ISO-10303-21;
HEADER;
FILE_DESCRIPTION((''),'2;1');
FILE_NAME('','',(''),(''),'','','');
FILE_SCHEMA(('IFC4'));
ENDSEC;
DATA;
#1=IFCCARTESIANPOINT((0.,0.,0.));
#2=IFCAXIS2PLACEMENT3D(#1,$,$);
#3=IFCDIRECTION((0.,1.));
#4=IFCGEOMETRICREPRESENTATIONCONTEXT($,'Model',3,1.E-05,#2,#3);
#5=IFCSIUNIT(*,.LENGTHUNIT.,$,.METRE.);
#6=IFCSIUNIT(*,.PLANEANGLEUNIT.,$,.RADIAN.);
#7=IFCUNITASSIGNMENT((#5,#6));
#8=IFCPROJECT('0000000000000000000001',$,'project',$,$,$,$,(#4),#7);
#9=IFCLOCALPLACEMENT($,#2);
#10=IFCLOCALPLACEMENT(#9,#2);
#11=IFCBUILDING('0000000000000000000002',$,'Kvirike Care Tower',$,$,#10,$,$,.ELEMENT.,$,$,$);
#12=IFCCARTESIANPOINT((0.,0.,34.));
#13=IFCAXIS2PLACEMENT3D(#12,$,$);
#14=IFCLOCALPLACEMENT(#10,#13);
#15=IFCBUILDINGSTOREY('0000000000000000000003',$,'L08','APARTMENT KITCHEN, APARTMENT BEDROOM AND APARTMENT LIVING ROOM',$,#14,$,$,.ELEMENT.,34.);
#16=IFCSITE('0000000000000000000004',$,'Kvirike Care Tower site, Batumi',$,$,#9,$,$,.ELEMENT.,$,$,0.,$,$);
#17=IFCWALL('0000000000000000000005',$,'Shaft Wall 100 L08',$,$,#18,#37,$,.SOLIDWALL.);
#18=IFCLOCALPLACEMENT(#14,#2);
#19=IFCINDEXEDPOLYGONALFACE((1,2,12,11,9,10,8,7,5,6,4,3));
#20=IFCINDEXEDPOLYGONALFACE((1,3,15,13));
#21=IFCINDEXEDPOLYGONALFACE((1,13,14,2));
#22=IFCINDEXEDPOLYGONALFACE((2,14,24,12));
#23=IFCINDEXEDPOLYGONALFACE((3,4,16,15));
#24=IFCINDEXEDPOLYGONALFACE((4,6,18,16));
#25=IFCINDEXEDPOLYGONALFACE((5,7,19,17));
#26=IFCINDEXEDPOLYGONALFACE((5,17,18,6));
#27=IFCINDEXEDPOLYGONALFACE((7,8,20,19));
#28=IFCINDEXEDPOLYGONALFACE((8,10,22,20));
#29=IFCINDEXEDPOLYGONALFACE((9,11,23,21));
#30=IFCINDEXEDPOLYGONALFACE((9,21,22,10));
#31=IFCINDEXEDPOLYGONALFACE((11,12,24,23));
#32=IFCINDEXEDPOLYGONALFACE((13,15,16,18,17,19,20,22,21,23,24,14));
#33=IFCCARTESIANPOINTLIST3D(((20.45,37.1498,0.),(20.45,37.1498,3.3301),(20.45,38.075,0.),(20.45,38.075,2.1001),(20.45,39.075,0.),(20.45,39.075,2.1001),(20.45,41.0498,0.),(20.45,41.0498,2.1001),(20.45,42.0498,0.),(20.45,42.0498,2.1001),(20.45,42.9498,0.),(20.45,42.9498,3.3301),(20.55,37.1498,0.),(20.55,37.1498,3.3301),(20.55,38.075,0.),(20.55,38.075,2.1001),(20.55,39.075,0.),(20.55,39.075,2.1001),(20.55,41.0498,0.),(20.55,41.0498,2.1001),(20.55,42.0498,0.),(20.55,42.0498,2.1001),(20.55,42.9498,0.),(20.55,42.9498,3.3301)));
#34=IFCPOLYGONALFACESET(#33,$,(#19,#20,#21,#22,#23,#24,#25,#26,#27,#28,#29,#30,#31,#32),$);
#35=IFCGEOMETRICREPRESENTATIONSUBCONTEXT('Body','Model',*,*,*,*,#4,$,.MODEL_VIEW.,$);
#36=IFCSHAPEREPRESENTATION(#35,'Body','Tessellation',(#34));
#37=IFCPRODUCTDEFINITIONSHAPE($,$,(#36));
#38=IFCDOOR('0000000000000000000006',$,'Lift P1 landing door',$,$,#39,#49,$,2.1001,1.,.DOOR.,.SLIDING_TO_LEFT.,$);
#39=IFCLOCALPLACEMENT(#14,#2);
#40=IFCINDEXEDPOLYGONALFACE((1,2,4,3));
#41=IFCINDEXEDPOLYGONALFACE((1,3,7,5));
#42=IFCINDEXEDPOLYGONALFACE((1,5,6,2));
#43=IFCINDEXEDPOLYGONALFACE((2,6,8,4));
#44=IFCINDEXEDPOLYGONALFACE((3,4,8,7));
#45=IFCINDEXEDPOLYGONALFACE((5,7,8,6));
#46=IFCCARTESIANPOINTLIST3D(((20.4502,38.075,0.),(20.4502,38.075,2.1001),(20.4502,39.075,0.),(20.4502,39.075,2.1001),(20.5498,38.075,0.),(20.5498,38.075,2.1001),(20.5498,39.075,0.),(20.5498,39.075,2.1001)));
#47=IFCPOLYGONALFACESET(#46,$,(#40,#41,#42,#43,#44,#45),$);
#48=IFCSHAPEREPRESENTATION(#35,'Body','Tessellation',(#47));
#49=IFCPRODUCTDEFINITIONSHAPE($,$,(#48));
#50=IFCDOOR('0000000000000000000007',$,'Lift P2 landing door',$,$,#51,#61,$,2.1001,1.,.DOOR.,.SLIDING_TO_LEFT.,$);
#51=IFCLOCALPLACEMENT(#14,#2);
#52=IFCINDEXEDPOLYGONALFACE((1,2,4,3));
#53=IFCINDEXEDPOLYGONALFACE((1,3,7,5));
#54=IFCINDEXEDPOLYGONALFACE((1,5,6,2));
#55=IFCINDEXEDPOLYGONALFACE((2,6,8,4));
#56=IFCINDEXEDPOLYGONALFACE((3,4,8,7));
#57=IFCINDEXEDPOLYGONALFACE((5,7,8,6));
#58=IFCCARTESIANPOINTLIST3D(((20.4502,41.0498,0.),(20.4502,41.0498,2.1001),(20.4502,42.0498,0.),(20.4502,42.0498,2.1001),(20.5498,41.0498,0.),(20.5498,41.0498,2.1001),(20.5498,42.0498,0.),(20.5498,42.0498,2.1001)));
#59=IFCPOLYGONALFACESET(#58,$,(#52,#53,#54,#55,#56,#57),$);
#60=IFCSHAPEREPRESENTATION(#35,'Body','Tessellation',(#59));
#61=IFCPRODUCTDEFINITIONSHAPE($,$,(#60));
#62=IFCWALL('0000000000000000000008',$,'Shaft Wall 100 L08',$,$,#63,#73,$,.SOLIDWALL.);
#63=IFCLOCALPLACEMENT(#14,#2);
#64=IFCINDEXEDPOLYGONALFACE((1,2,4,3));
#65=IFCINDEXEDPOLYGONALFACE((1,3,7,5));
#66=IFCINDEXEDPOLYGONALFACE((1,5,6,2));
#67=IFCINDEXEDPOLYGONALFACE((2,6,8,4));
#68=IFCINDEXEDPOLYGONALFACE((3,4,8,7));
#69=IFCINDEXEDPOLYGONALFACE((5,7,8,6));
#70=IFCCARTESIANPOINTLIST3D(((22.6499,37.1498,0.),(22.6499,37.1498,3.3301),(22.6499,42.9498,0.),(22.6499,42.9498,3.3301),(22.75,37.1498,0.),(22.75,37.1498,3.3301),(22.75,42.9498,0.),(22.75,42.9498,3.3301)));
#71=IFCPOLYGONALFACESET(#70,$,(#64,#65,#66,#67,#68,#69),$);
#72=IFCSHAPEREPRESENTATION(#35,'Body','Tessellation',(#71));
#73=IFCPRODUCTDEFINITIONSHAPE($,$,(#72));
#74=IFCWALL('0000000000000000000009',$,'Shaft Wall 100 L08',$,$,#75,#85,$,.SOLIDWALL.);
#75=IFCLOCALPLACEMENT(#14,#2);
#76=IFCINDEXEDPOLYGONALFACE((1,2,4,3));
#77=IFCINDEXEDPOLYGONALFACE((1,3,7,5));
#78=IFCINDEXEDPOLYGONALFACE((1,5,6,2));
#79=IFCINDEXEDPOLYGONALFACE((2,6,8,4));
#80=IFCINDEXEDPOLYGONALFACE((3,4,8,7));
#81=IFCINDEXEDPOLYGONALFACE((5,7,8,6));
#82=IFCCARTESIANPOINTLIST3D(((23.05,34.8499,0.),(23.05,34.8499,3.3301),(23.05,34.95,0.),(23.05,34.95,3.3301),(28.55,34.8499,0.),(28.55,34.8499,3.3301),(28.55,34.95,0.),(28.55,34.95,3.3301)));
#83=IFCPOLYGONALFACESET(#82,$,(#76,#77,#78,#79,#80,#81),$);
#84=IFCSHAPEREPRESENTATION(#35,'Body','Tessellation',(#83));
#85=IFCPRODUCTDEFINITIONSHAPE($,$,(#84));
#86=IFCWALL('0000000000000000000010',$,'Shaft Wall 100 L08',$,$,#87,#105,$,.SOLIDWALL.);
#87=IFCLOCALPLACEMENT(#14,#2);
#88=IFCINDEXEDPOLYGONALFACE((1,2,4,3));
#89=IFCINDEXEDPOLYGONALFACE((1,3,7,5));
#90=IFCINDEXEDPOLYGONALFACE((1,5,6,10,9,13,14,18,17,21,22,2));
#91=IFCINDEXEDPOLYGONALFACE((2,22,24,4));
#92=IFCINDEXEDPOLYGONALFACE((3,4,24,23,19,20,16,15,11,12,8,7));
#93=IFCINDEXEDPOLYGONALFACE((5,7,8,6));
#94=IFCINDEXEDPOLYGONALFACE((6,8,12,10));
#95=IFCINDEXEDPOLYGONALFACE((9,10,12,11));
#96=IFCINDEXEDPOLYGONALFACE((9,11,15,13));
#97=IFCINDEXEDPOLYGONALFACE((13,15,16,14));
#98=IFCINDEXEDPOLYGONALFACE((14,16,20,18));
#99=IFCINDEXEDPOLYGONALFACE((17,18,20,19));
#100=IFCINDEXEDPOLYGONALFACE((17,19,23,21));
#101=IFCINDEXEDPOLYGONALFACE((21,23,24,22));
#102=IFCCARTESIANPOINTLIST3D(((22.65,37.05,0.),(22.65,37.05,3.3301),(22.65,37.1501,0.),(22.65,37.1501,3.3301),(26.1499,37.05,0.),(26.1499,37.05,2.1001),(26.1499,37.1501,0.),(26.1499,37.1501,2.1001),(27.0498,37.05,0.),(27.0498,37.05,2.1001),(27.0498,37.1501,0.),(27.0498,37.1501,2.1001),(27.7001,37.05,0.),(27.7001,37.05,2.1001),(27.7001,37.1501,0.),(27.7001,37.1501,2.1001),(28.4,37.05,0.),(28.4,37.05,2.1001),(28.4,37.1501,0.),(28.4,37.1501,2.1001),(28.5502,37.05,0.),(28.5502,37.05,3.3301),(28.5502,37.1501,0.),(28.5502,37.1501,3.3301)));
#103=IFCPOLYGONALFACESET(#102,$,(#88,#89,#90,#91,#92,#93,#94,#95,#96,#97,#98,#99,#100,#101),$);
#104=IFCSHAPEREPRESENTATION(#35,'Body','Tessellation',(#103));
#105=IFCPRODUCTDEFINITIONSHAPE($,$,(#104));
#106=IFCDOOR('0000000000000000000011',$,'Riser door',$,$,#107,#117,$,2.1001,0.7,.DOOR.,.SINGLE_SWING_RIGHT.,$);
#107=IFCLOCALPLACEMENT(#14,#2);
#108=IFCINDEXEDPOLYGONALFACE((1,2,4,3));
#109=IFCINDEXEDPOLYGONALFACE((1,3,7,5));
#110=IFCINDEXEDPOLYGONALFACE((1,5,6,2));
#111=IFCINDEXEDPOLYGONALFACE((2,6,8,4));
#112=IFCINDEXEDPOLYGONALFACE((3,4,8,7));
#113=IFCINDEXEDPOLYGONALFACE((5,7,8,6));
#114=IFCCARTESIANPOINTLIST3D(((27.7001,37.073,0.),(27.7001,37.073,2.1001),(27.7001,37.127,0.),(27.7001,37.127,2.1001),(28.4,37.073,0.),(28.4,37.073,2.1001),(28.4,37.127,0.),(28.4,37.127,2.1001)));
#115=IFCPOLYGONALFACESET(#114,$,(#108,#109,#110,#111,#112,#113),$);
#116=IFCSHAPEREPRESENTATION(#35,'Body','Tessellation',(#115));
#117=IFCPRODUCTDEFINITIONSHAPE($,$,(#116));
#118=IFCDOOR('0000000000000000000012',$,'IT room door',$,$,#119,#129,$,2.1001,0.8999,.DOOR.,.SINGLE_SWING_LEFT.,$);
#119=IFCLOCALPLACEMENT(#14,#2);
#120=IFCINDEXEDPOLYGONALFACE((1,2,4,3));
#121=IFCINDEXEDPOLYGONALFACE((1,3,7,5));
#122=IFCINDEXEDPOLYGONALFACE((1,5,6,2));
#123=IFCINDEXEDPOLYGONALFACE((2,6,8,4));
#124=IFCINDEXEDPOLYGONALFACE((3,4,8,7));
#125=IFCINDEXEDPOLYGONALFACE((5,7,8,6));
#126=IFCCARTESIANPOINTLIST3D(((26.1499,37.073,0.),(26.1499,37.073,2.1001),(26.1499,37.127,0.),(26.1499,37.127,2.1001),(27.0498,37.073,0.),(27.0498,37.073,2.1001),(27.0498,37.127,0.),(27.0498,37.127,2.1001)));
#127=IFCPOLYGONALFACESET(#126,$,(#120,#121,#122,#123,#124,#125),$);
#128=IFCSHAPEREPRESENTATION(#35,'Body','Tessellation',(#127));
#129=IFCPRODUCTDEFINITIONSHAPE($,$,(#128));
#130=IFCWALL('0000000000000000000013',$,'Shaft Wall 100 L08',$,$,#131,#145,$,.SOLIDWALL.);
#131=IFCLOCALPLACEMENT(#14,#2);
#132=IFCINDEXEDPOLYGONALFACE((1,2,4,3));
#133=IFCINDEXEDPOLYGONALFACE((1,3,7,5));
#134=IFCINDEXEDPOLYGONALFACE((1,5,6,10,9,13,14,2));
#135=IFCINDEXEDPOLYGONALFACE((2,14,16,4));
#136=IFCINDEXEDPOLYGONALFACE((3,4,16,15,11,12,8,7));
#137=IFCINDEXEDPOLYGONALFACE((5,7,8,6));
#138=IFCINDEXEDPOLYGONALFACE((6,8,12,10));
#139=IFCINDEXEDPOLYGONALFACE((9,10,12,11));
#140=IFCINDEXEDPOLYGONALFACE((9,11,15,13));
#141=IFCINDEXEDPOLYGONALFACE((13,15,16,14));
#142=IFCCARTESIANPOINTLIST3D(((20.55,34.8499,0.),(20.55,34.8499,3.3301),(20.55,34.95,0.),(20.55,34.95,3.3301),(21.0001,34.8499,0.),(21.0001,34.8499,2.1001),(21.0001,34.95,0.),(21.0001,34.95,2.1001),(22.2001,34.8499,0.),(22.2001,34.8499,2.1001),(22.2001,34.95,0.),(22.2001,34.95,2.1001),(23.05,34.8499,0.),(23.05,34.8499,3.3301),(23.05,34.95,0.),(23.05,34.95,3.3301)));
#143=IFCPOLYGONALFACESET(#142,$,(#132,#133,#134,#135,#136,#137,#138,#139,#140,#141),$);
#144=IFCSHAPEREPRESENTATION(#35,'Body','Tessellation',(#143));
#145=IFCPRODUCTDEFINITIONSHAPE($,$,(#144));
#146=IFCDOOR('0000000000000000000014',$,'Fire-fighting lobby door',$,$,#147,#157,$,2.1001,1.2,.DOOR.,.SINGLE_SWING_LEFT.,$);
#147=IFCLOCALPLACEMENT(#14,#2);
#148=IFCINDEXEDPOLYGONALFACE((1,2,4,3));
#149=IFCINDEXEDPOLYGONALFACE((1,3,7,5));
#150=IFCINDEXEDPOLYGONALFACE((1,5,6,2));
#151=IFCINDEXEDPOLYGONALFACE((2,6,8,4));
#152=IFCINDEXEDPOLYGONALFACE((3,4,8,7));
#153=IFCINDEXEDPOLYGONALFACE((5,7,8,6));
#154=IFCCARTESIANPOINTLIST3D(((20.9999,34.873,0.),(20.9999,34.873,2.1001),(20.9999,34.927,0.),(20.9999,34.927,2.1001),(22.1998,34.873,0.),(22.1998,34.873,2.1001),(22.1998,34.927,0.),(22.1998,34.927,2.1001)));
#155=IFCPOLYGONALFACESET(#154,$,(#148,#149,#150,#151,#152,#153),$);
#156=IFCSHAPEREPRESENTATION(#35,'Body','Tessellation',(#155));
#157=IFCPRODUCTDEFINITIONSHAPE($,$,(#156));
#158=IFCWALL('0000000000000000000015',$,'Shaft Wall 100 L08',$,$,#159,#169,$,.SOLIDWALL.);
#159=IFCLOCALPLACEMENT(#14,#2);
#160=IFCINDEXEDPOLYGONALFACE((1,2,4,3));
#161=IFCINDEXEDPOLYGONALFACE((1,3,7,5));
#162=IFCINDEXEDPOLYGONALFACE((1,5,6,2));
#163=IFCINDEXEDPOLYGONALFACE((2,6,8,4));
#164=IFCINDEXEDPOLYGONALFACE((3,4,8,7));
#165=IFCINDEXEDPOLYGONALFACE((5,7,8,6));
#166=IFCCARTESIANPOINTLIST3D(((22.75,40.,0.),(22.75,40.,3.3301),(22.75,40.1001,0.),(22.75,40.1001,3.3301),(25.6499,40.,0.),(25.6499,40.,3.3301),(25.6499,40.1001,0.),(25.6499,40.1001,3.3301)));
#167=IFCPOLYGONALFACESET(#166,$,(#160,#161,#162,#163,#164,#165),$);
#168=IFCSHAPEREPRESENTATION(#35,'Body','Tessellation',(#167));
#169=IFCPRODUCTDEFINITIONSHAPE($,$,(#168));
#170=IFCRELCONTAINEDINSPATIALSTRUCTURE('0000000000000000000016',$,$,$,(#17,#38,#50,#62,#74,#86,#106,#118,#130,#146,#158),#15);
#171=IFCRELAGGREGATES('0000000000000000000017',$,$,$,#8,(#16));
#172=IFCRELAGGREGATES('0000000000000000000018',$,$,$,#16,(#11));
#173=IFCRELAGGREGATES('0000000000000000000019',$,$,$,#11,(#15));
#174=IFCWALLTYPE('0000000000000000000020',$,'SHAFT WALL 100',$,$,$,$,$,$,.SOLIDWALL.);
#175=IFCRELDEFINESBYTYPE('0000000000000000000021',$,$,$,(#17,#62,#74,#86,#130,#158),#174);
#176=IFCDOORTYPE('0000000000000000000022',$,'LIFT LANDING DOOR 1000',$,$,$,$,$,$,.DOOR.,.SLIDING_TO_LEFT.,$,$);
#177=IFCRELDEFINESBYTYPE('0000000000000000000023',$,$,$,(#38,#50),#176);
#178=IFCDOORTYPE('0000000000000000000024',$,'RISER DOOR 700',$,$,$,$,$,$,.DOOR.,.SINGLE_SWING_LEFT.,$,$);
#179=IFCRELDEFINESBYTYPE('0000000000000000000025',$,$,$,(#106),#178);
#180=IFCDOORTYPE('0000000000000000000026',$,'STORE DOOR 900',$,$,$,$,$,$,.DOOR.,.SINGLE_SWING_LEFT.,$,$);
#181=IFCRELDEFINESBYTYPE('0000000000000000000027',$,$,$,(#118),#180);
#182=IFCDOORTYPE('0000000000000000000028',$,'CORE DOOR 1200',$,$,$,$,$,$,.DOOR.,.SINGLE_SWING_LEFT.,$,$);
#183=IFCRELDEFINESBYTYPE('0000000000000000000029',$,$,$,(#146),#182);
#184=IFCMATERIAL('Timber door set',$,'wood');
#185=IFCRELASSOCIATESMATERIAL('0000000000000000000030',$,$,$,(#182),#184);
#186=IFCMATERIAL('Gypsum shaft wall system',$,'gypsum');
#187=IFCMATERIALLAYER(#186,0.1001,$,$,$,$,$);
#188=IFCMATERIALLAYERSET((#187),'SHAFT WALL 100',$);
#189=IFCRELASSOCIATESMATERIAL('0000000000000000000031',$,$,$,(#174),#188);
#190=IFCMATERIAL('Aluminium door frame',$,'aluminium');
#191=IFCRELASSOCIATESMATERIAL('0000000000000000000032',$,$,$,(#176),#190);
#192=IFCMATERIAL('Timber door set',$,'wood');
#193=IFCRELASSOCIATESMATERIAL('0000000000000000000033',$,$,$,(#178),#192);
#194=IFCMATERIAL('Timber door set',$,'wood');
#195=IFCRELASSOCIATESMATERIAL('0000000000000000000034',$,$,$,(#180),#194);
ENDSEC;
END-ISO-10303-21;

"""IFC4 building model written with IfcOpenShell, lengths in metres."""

from ifc_helpers import new_model, si_unit, direction, frame, frame_2d, origin, place, context, subcontext, project, spatial, rectangle, extrude, material, layer, layer_set, type_object, element, fill, save


model = new_model("IFC4")

# Units and contexts
model_context = context("Model", 3, precision=1e-05, world=origin(), true_north=direction((0.0, 1.0)))
body_context = subcontext(model_context, "Body", "Model", "MODEL_VIEW")
ifc_project = project(units=[si_unit("LENGTHUNIT", "METRE"), si_unit("PLANEANGLEUNIT", "RADIAN")], contexts=[model_context])

# Site, building, storey
site_placement = place(None, origin())
site = spatial("IfcSite", under=ifc_project, at=site_placement, Name="Kvirike Care Tower site, Batumi", CompositionType="ELEMENT", RefElevation=0.0)
building_placement = place(site_placement, origin())
building = spatial("IfcBuilding", under=site, at=building_placement, Name="Kvirike Care Tower", CompositionType="ELEMENT")
storey_placement = place(building_placement, frame((0.0, 0.0, 34.0)))
storey = spatial("IfcBuildingStorey", under=building, at=storey_placement, Name="L08", Description="APARTMENT KITCHEN, APARTMENT BEDROOM AND APARTMENT LIVING ROOM", CompositionType="ELEMENT", Elevation=34.0)

# Shared definitions
ifc_material_1 = material(Name="Timber door set", Category="wood")
door_type_1 = type_object("IfcDoorType", Name="CORE DOOR 1200", OperationType="SINGLE_SWING_LEFT", PredefinedType="DOOR", material=ifc_material_1)

# Shared definitions
ifc_material_2 = material(Name="Gypsum shaft wall system", Category="gypsum")
ifc_layer_1 = layer(ifc_material_2, 0.1001)
ifc_layer_set_1 = layer_set([ifc_layer_1], Name="SHAFT WALL 100")
wall_type_1 = type_object("IfcWallType", Name="SHAFT WALL 100", PredefinedType="SOLIDWALL", material=ifc_layer_set_1)

# Wall, openings, doors
wall_1_placement = place(storey_placement, frame((20.5, 37.1499, 0.0), z_axis=(0.0, 0.0, 1.0), x_axis=(0.0, 1.0, 0.0)))
wall_1 = element("IfcWall", 1, at=wall_1_placement, inside=storey, type_object=wall_type_1, Name="Shaft Wall 100 L08", PredefinedType="SOLIDWALL", context=body_context, shape_type="SweptSolid", body=[
    extrude(rectangle(XDim=5.8, YDim=0.1001, at=frame_2d((2.8999, 0.0))), origin(), (0.0, 0.0, 1.0), 3.3301),
])
opening_1_placement = place(wall_1_placement, frame((0.925, 0.0, 0.0)))
opening_1 = element("IfcOpeningElement", 2, at=opening_1_placement, cuts=wall_1, PredefinedType="OPENING", context=body_context, shape_type="SweptSolid", body=[
    extrude(rectangle(XDim=1.0, YDim=2.1001, at=frame_2d((0.5, 1.05))), frame((0.0, 0.0605, 0.0), z_axis=(0.0, -1.0, 0.0), x_axis=(1.0, 0.0, 0.0)), (0.0, 0.0, 1.0), 0.1211),
])
opening_2_placement = place(wall_1_placement, frame((3.8999, 0.0, 0.0)))
opening_2 = element("IfcOpeningElement", 3, at=opening_2_placement, cuts=wall_1, PredefinedType="OPENING", context=body_context, shape_type="SweptSolid", body=[
    extrude(rectangle(XDim=1.0, YDim=2.1001, at=frame_2d((0.5, 1.05))), frame((0.0, 0.0605, 0.0), z_axis=(0.0, -1.0, 0.0), x_axis=(1.0, 0.0, 0.0)), (0.0, 0.0, 1.0), 0.1211),
])
ifc_material_3 = material(Name="Aluminium door frame", Category="aluminium")
door_type_2 = type_object("IfcDoorType", Name="LIFT LANDING DOOR 1000", OperationType="SLIDING_TO_LEFT", PredefinedType="DOOR", material=ifc_material_3)
door_1_placement = place(opening_1_placement, origin())
door_1 = element("IfcDoor", 4, at=door_1_placement, inside=storey, type_object=door_type_2, Name="Lift P1 landing door", OperationType="SLIDING_TO_LEFT", OverallHeight=2.1001, OverallWidth=1.0, PredefinedType="DOOR", context=body_context, shape_type="SweptSolid", body=[
    extrude(rectangle(XDim=1.0, YDim=2.1001, at=frame_2d((0.5, 1.05))), frame((0.0, 0.0498, 0.0), z_axis=(0.0, -1.0, 0.0), x_axis=(1.0, 0.0, 0.0)), (0.0, 0.0, 1.0), 0.0996),
])
fill(opening_1, door_1)
door_2_placement = place(opening_2_placement, origin())
door_2 = element("IfcDoor", 5, at=door_2_placement, inside=storey, type_object=door_type_2, Name="Lift P2 landing door", OperationType="SLIDING_TO_LEFT", OverallHeight=2.1001, OverallWidth=1.0, PredefinedType="DOOR", context=body_context, shape_type="SweptSolid", body=[
    extrude(rectangle(XDim=1.0, YDim=2.1001, at=frame_2d((0.5, 1.05))), frame((0.0, 0.0498, 0.0), z_axis=(0.0, -1.0, 0.0), x_axis=(1.0, 0.0, 0.0)), (0.0, 0.0, 1.0), 0.0996),
])
fill(opening_2, door_2)

# Walls
wall_2_placement = place(storey_placement, frame((22.7, 37.1499, 0.0), z_axis=(0.0, 0.0, 1.0), x_axis=(0.0, 1.0, 0.0)))
element("IfcWall", 6, at=wall_2_placement, inside=storey, type_object=wall_type_1, Name="Shaft Wall 100 L08", PredefinedType="SOLIDWALL", context=body_context, shape_type="SweptSolid", body=[
    extrude(rectangle(XDim=5.8, YDim=0.1001, at=frame_2d((2.8999, 0.0))), origin(), (0.0, 0.0, 1.0), 3.3301),
])
wall_3_placement = place(storey_placement, frame((23.05, 34.8999, 0.0), z_axis=(0.0, 0.0, 1.0), x_axis=(1.0, 0.0, 0.0)))
element("IfcWall", 7, at=wall_3_placement, inside=storey, type_object=wall_type_1, Name="Shaft Wall 100 L08", PredefinedType="SOLIDWALL", context=body_context, shape_type="SweptSolid", body=[
    extrude(rectangle(XDim=5.5, YDim=0.1001, at=frame_2d((2.75, 0.0))), origin(), (0.0, 0.0, 1.0), 3.3301),
])

# Wall, openings, doors
wall_4_placement = place(storey_placement, frame((22.6499, 37.1001, 0.0), z_axis=(0.0, 0.0, 1.0), x_axis=(1.0, 0.0, 0.0)))
wall_4 = element("IfcWall", 8, at=wall_4_placement, inside=storey, type_object=wall_type_1, Name="Shaft Wall 100 L08", PredefinedType="SOLIDWALL", context=body_context, shape_type="SweptSolid", body=[
    extrude(rectangle(XDim=5.9001, YDim=0.1001, at=frame_2d((2.9502, 0.0))), origin(), (0.0, 0.0, 1.0), 3.3301),
])
opening_3_placement = place(wall_4_placement, frame((3.5, 0.0, 0.0)))
opening_3 = element("IfcOpeningElement", 9, at=opening_3_placement, cuts=wall_4, PredefinedType="OPENING", context=body_context, shape_type="SweptSolid", body=[
    extrude(rectangle(XDim=0.8999, YDim=2.1001, at=frame_2d((0.45, 1.05))), frame((0.0, 0.0605, 0.0), z_axis=(0.0, -1.0, 0.0), x_axis=(1.0, 0.0, 0.0)), (0.0, 0.0, 1.0), 0.1211),
])
opening_4_placement = place(wall_4_placement, frame((5.05, 0.0, 0.0)))
opening_4 = element("IfcOpeningElement", 10, at=opening_4_placement, cuts=wall_4, PredefinedType="OPENING", context=body_context, shape_type="SweptSolid", body=[
    extrude(rectangle(XDim=0.7, YDim=2.1001, at=frame_2d((0.3501, 1.05))), frame((0.0, 0.0605, 0.0), z_axis=(0.0, -1.0, 0.0), x_axis=(1.0, 0.0, 0.0)), (0.0, 0.0, 1.0), 0.1211),
])
ifc_material_4 = material(Name="Timber door set", Category="wood")
door_type_3 = type_object("IfcDoorType", Name="RISER DOOR 700", OperationType="SINGLE_SWING_LEFT", PredefinedType="DOOR", material=ifc_material_4)
door_3_placement = place(opening_4_placement, origin())
door_3 = element("IfcDoor", 11, at=door_3_placement, inside=storey, type_object=door_type_3, Name="Riser door", OperationType="SINGLE_SWING_RIGHT", OverallHeight=2.1001, OverallWidth=0.7, PredefinedType="DOOR", context=body_context, shape_type="SweptSolid", body=[
    extrude(rectangle(XDim=0.7, YDim=2.1001, at=frame_2d((0.3501, 1.05))), frame((0.0, 0.0269, 0.0), z_axis=(0.0, -1.0, 0.0), x_axis=(1.0, 0.0, 0.0)), (0.0, 0.0, 1.0), 0.054),
])
fill(opening_4, door_3)
ifc_material_5 = material(Name="Timber door set", Category="wood")
door_type_4 = type_object("IfcDoorType", Name="STORE DOOR 900", OperationType="SINGLE_SWING_LEFT", PredefinedType="DOOR", material=ifc_material_5)
door_4_placement = place(opening_3_placement, origin())
door_4 = element("IfcDoor", 12, at=door_4_placement, inside=storey, type_object=door_type_4, Name="IT room door", OperationType="SINGLE_SWING_LEFT", OverallHeight=2.1001, OverallWidth=0.8999, PredefinedType="DOOR", context=body_context, shape_type="SweptSolid", body=[
    extrude(rectangle(XDim=0.8999, YDim=2.1001, at=frame_2d((0.45, 1.05))), frame((0.0, 0.0269, 0.0), z_axis=(0.0, -1.0, 0.0), x_axis=(1.0, 0.0, 0.0)), (0.0, 0.0, 1.0), 0.054),
])
fill(opening_3, door_4)

# Wall, opening, door
wall_5_placement = place(storey_placement, frame((20.55, 34.8999, 0.0), z_axis=(0.0, 0.0, 1.0), x_axis=(1.0, 0.0, 0.0)))
wall_5 = element("IfcWall", 13, at=wall_5_placement, inside=storey, type_object=wall_type_1, Name="Shaft Wall 100 L08", PredefinedType="SOLIDWALL", context=body_context, shape_type="SweptSolid", body=[
    extrude(rectangle(XDim=2.5, YDim=0.1001, at=frame_2d((1.25, 0.0))), origin(), (0.0, 0.0, 1.0), 3.3301),
])
opening_5_placement = place(wall_5_placement, frame((0.45, 0.0, 0.0)))
opening_5 = element("IfcOpeningElement", 14, at=opening_5_placement, cuts=wall_5, PredefinedType="OPENING", context=body_context, shape_type="SweptSolid", body=[
    extrude(rectangle(XDim=1.2, YDim=2.1001, at=frame_2d((0.6001, 1.05))), frame((0.0, 0.0605, 0.0), z_axis=(0.0, -1.0, 0.0), x_axis=(1.0, 0.0, 0.0)), (0.0, 0.0, 1.0), 0.1211),
])
door_5_placement = place(opening_5_placement, frame((1.2, 0.0, 0.0), z_axis=(0.0, 0.0, 1.0), x_axis=(-1.0, 0.0, 0.0)))
door_5 = element("IfcDoor", 15, at=door_5_placement, inside=storey, type_object=door_type_1, Name="Fire-fighting lobby door", OperationType="SINGLE_SWING_LEFT", OverallHeight=2.1001, OverallWidth=1.2, PredefinedType="DOOR", context=body_context, shape_type="SweptSolid", body=[
    extrude(rectangle(XDim=1.2, YDim=2.1001, at=frame_2d((0.6001, 1.05))), frame((0.0, 0.0269, 0.0), z_axis=(0.0, -1.0, 0.0), x_axis=(1.0, 0.0, 0.0)), (0.0, 0.0, 1.0), 0.054),
])
fill(opening_5, door_5)

# Wall
wall_6_placement = place(storey_placement, frame((22.75, 40.05, 0.0), z_axis=(0.0, 0.0, 1.0), x_axis=(1.0, 0.0, 0.0)))
element("IfcWall", 16, at=wall_6_placement, inside=storey, type_object=wall_type_1, Name="Shaft Wall 100 L08", PredefinedType="SOLIDWALL", context=body_context, shape_type="SweptSolid", body=[
    extrude(rectangle(XDim=2.8999, YDim=0.1001, at=frame_2d((1.45, 0.0))), origin(), (0.0, 0.0, 1.0), 3.3301),
])

save(model, "model.ifc")
